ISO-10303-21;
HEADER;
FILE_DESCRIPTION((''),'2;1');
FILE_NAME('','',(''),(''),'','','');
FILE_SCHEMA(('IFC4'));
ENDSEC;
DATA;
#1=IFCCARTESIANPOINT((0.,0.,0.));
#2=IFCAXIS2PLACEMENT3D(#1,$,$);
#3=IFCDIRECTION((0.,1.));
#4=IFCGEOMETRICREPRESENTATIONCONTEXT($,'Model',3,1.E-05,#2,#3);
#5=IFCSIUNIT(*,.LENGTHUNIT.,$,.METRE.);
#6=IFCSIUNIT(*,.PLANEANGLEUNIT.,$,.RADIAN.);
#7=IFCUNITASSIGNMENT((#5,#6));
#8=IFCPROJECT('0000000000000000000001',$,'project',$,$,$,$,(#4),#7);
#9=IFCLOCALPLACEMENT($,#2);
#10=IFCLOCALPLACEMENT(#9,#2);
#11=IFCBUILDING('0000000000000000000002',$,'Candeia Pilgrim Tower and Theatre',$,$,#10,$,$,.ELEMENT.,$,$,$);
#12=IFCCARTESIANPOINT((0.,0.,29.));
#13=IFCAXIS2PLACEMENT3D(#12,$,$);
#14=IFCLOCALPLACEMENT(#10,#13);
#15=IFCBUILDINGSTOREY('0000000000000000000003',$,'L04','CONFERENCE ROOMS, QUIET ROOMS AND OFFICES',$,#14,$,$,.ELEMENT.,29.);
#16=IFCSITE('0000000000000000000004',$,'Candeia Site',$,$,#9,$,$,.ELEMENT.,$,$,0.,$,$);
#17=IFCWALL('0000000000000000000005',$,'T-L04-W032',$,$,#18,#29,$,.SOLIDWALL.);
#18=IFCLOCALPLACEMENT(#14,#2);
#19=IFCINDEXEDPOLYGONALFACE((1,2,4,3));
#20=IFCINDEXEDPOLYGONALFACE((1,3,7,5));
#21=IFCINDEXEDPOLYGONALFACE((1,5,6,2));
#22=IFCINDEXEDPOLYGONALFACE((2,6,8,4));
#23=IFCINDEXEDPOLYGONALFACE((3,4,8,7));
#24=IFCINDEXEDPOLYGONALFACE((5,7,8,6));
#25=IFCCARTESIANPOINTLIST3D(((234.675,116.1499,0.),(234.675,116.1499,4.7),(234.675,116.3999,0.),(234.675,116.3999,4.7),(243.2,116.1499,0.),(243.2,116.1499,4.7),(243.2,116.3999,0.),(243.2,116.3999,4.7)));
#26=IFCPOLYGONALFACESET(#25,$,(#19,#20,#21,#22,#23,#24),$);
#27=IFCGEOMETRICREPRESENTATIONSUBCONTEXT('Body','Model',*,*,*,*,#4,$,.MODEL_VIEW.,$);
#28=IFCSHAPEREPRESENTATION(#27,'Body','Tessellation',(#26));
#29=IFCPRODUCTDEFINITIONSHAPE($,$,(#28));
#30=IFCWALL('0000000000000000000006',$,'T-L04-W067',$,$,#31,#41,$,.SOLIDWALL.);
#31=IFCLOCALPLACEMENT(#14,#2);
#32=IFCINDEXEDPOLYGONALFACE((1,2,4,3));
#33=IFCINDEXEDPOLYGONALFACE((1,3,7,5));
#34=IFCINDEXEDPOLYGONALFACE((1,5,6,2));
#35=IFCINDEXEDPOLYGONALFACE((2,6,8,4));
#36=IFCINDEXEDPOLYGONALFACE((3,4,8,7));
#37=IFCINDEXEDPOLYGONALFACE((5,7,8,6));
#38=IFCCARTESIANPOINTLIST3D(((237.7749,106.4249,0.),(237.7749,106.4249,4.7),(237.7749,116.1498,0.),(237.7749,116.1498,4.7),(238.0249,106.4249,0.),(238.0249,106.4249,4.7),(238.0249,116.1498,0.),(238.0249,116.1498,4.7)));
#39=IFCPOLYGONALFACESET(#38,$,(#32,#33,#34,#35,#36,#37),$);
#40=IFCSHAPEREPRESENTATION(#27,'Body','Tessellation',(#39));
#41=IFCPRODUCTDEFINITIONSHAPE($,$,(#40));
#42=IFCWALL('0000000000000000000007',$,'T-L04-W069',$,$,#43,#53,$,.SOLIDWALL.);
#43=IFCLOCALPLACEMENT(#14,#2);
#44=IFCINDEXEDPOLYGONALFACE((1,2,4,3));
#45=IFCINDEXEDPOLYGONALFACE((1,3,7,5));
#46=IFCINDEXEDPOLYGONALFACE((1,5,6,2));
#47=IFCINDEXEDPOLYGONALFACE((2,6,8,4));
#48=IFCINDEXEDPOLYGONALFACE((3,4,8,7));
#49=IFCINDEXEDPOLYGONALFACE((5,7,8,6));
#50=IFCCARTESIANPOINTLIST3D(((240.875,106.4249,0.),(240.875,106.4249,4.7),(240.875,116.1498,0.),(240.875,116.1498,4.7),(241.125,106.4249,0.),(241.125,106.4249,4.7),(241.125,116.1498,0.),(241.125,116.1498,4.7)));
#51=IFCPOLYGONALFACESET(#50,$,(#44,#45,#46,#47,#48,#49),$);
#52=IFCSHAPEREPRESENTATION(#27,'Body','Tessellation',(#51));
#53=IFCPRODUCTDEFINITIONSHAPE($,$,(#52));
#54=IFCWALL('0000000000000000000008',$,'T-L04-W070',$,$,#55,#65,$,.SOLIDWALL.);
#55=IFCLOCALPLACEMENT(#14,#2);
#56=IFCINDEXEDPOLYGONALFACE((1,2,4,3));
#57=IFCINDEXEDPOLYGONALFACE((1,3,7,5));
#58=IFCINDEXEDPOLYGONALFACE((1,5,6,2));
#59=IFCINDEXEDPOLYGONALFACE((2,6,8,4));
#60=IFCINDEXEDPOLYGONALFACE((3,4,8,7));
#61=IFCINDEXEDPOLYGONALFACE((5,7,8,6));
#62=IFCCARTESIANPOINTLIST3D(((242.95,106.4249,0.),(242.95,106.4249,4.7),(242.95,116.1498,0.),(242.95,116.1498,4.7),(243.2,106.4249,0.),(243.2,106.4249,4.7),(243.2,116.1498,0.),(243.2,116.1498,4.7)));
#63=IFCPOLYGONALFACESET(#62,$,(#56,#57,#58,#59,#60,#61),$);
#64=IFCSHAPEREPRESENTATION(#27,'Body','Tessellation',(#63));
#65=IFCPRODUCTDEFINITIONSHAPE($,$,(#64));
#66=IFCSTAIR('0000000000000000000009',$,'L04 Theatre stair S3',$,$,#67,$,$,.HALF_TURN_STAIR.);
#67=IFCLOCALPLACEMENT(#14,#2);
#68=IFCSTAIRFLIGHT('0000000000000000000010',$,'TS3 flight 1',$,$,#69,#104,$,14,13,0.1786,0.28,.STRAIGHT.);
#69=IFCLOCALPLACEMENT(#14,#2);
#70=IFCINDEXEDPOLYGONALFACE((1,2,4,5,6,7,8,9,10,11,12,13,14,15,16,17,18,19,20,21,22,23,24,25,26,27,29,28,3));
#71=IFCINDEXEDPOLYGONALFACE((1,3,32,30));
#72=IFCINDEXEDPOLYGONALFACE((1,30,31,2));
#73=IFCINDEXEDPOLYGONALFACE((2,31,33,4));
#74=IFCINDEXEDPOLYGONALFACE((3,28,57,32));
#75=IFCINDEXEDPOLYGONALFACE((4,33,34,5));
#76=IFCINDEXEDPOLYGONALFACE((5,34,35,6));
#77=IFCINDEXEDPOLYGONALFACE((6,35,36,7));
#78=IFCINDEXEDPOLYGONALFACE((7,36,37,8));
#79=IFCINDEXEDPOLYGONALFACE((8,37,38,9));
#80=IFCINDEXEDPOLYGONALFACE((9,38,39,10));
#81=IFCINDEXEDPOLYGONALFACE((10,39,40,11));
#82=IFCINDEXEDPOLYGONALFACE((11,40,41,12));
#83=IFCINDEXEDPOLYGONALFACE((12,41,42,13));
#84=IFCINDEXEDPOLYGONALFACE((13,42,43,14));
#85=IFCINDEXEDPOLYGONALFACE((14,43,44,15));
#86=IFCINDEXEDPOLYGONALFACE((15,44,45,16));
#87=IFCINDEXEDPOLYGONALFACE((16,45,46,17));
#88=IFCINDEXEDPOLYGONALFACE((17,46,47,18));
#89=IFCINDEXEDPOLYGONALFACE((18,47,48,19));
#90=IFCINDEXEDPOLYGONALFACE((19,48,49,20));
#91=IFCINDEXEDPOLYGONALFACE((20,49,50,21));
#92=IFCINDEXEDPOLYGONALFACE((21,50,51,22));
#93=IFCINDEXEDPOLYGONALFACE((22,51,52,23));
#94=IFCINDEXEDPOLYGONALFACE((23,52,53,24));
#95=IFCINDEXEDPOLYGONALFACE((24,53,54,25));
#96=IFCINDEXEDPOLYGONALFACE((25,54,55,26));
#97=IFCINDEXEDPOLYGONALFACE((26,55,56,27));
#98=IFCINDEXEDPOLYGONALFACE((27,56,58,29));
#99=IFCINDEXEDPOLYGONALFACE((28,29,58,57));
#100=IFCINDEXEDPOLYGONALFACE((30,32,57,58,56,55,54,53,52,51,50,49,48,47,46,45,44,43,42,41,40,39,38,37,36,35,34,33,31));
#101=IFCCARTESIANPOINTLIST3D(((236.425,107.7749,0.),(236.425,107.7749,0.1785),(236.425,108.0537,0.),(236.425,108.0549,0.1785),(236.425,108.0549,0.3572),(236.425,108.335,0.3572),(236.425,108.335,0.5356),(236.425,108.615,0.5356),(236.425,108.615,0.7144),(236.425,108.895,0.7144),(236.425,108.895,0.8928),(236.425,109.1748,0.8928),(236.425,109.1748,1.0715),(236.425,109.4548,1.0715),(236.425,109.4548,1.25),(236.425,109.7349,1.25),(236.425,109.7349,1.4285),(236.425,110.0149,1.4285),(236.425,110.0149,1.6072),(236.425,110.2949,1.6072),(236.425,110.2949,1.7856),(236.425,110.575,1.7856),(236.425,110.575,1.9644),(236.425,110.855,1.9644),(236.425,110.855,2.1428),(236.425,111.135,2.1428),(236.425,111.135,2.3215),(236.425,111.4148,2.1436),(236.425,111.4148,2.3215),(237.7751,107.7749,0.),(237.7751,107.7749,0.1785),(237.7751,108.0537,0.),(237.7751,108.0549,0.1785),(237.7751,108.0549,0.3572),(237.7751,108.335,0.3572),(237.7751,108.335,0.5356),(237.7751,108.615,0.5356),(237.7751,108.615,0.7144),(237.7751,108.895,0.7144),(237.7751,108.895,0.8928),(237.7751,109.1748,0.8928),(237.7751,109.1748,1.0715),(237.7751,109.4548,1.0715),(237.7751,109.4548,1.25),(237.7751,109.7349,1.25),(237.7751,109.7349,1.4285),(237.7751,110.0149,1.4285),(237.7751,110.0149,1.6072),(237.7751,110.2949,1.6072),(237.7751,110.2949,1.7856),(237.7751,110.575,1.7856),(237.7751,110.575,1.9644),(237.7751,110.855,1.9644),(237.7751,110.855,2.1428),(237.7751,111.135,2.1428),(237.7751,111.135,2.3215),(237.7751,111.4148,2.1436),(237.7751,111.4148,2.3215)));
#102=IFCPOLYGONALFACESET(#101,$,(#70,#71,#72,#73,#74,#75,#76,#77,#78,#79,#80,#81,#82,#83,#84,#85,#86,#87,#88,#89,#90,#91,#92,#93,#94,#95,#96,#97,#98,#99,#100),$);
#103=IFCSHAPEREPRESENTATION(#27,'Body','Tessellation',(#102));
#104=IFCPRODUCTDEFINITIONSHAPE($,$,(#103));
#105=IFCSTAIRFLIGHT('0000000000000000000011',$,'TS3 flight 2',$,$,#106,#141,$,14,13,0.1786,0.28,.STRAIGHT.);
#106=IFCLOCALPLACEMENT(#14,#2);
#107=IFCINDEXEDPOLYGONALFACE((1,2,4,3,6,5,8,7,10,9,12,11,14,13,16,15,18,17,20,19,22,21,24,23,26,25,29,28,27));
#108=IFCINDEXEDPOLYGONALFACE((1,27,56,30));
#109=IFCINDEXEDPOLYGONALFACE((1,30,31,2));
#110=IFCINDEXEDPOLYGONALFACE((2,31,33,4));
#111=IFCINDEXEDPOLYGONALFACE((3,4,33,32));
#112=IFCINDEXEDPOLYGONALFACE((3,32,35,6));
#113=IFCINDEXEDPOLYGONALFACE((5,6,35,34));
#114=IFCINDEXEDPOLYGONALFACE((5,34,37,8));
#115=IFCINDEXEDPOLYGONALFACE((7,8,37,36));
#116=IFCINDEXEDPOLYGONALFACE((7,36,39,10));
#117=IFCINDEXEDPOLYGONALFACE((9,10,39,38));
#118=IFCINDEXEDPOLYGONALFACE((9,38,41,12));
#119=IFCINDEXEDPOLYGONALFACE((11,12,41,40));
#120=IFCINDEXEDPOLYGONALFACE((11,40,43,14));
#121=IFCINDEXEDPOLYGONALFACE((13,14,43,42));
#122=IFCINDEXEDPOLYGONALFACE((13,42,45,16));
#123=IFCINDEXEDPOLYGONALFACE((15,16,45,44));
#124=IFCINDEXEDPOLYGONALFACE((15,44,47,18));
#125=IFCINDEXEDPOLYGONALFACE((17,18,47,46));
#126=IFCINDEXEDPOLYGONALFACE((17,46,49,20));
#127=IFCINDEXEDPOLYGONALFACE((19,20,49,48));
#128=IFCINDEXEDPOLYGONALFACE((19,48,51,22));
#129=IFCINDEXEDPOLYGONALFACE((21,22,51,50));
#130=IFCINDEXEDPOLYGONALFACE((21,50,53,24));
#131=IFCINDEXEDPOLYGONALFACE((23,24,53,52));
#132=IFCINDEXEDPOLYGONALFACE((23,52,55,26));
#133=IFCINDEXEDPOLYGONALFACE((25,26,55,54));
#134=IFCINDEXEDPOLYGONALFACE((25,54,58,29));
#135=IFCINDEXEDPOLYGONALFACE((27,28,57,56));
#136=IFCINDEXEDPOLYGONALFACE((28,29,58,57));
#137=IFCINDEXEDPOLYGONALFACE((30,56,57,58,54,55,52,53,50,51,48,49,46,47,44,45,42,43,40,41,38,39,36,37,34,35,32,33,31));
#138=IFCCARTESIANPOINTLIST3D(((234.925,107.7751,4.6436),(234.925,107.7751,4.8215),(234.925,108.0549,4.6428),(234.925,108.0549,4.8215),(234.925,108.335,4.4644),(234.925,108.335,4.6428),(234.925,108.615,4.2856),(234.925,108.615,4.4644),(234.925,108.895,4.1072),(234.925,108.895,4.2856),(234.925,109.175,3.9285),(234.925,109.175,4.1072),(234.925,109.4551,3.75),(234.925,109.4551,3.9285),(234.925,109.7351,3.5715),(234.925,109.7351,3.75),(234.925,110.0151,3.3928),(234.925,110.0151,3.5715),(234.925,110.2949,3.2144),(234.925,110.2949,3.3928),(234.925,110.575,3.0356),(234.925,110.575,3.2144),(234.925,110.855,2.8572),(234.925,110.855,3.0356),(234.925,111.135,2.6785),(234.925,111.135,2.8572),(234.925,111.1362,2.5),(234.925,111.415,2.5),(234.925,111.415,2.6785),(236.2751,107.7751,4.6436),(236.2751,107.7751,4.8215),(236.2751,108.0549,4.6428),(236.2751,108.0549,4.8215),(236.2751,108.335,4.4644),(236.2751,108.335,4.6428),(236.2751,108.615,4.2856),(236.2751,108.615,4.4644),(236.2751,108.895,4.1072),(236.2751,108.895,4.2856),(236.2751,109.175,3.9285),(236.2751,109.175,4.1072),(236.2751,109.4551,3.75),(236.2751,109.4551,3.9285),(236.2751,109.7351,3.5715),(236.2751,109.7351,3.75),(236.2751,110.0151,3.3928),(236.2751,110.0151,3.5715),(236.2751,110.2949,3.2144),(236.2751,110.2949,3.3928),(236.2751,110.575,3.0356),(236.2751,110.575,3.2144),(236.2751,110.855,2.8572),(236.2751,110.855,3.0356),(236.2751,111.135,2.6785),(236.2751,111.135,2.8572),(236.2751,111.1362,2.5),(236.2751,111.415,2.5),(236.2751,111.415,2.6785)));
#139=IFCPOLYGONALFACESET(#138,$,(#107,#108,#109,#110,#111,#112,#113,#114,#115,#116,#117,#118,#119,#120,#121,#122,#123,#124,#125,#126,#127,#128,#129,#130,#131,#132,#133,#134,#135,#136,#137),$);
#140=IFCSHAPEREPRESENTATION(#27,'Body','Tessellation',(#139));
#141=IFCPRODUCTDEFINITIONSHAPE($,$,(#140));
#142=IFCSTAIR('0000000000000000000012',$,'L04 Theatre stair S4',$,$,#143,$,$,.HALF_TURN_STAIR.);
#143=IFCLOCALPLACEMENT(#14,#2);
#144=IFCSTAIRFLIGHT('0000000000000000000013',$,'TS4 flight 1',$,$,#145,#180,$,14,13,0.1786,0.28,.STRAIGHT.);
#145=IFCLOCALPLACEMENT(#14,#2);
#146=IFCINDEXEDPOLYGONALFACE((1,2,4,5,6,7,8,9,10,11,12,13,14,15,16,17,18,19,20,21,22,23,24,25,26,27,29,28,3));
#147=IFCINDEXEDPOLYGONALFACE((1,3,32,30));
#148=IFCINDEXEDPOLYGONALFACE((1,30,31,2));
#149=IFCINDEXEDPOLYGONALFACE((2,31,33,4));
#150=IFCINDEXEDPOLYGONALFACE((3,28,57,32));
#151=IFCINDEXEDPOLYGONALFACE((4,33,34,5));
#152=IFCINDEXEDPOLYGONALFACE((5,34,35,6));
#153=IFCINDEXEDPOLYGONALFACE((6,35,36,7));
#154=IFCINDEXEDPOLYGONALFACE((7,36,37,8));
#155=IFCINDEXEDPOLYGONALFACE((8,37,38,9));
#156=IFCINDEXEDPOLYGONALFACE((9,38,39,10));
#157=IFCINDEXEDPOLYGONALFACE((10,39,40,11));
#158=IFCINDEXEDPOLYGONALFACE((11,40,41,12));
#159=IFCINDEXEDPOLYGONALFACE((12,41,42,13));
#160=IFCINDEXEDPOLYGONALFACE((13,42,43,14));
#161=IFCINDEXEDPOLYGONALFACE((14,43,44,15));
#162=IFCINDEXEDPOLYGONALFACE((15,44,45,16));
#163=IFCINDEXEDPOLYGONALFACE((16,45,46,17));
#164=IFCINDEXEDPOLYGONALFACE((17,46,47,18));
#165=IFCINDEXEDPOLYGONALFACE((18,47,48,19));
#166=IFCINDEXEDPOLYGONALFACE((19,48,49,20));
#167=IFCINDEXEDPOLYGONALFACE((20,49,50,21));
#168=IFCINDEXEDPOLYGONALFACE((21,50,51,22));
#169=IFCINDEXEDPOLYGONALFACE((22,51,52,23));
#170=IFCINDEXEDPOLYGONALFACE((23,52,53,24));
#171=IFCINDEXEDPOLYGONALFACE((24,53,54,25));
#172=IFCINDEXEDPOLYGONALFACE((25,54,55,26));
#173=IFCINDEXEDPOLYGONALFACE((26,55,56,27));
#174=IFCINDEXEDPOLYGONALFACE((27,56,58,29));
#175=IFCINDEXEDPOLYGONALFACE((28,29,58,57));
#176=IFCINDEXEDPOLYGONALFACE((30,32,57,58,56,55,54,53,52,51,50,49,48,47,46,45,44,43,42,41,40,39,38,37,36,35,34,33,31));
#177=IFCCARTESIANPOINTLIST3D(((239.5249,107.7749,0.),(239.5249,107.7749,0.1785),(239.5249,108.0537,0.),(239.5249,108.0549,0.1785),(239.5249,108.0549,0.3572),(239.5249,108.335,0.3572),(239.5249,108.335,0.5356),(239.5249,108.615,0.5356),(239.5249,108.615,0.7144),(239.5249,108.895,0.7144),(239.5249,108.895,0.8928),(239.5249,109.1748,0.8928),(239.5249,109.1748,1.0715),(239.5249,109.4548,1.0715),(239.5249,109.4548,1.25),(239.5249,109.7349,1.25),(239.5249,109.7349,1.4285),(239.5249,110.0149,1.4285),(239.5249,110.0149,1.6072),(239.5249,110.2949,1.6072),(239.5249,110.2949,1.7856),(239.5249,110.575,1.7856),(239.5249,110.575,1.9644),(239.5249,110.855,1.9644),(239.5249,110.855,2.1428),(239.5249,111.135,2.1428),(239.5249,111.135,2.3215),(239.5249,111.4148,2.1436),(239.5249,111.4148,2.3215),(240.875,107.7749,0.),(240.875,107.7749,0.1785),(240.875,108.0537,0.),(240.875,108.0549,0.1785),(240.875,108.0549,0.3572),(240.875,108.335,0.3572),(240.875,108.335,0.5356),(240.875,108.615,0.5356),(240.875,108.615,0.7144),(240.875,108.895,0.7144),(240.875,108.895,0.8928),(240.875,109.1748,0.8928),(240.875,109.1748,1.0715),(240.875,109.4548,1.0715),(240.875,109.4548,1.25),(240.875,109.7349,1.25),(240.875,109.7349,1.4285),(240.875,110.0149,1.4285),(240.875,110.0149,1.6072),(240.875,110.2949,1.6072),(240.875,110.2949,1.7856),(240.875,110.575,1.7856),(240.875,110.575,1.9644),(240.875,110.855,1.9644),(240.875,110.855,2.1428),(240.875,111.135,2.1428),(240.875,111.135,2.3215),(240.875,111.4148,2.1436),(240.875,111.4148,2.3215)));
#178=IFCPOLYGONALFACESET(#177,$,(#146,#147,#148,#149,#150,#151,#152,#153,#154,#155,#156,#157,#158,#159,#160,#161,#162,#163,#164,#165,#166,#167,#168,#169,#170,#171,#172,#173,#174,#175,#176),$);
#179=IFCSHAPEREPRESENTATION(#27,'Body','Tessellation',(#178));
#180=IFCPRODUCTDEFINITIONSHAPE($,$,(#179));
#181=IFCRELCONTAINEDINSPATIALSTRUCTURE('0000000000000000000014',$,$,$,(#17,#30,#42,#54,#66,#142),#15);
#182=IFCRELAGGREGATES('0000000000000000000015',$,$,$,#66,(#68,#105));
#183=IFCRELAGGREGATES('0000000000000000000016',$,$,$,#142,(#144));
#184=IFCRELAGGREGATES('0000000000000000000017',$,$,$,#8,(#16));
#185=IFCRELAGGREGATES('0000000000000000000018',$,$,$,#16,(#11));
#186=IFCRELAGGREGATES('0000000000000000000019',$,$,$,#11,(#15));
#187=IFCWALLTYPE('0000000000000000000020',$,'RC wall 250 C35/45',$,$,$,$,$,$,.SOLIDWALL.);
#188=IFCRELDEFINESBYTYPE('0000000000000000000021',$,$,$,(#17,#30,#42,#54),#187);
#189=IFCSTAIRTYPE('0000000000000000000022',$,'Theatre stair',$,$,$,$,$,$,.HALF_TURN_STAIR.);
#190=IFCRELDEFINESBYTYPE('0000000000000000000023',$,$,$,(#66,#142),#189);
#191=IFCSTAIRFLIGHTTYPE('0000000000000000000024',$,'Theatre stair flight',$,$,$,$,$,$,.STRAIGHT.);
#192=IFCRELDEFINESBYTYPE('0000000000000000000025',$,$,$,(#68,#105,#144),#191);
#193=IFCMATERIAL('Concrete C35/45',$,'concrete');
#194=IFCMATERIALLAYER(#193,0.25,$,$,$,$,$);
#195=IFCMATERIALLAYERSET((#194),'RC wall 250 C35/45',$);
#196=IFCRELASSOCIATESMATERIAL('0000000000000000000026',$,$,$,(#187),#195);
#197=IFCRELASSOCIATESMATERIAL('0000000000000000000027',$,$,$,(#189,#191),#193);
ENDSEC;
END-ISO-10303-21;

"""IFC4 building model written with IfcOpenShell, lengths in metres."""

from ifc_helpers import new_model, si_unit, direction, frame, frame_2d, origin, place, context, subcontext, project, spatial, polyline, rectangle, outline, extrude, material, layer, layer_set, type_object, element, aggregate, save


model = new_model("IFC4")

# Units and contexts
model_context = context("Model", 3, precision=1e-05, world=origin(), true_north=direction((0.0, 1.0)))
body_context = subcontext(model_context, "Body", "Model", "MODEL_VIEW")
ifc_project = project(units=[si_unit("LENGTHUNIT", "METRE"), si_unit("PLANEANGLEUNIT", "RADIAN")], contexts=[model_context])

# Site, building, storey
site_placement = place(None, origin())
site = spatial("IfcSite", under=ifc_project, at=site_placement, Name="Candeia Site", CompositionType="ELEMENT", RefElevation=0.0)
building_placement = place(site_placement, origin())
building = spatial("IfcBuilding", under=site, at=building_placement, Name="Candeia Pilgrim Tower and Theatre", CompositionType="ELEMENT")
storey_placement = place(building_placement, frame((0.0, 0.0, 29.0)))
storey = spatial("IfcBuildingStorey", under=building, at=storey_placement, Name="L04", Description="CONFERENCE ROOMS, QUIET ROOMS AND OFFICES", CompositionType="ELEMENT", Elevation=29.0)

# Walls
ifc_material_1 = material(Name="Concrete C35/45", Category="concrete")
ifc_layer = layer(ifc_material_1, 0.25)
ifc_layer_set = layer_set([ifc_layer], Name="RC wall 250 C35/45")
wall_type = type_object("IfcWallType", Name="RC wall 250 C35/45", PredefinedType="SOLIDWALL", material=ifc_layer_set)
wall_placement = place(storey_placement, frame((234.675, 116.2749, 0.0), z_axis=(0.0, 0.0, 1.0), x_axis=(1.0, 0.0, 0.0)))
element("IfcWall", 1, at=wall_placement, inside=storey, type_object=wall_type, Name="T-L04-W032", PredefinedType="SOLIDWALL", context=body_context, shape_type="SweptSolid", body=[
    extrude(rectangle(XDim=8.5249, YDim=0.25, at=frame_2d((4.2625, 0.0))), origin(), (0.0, 0.0, 1.0), 4.7),
])
for number, where, z_axis, x_axis, name in (
    (2, (237.8999, 106.425, 0.0), (0.0, 0.0, 1.0), (0.0, 1.0, 0.0), "T-L04-W067"),
    (3, (241.0, 106.425, 0.0), (0.0, 0.0, 1.0), (0.0, 1.0, 0.0), "T-L04-W069"),
    (4, (243.075, 106.425, 0.0), (0.0, 0.0, 1.0), (0.0, 1.0, 0.0), "T-L04-W070"),
):
    element("IfcWall", number, at=place(storey_placement, frame(where, z_axis=z_axis, x_axis=x_axis)), inside=storey, type_object=wall_type, Name=name, PredefinedType="SOLIDWALL", context=body_context, shape_type="SweptSolid", body=[
        extrude(rectangle(XDim=9.7249, YDim=0.25, at=frame_2d((4.8623, 0.0))), origin(), (0.0, 0.0, 1.0), 4.7),
    ])

# Stairs, stair flights
stair_type = type_object("IfcStairType", Name="Theatre stair", PredefinedType="HALF_TURN_STAIR", material=ifc_material_1)
stair_1_placement = place(storey_placement, origin())
stair_1 = element("IfcStair", 5, at=stair_1_placement, inside=storey, type_object=stair_type, Name="L04 Theatre stair S3", PredefinedType="HALF_TURN_STAIR")
stair_flight_type = type_object("IfcStairFlightType", Name="Theatre stair flight", PredefinedType="STRAIGHT", material=ifc_material_1)
stair_flight_1_placement = place(storey_placement, frame((237.1001, 107.7749, 0.0), z_axis=(0.0, 0.0, 1.0), x_axis=(0.0, 1.0, 0.0)))
stair_flight_1 = element("IfcStairFlight", 6, at=stair_flight_1_placement, type_object=stair_flight_type, Name="TS3 flight 1", NumberOfRisers=14, NumberOfTreads=13, PredefinedType="STRAIGHT", RiserHeight=0.1786, TreadLength=0.28, context=body_context, shape_type="SweptSolid", body=[
    extrude(outline(polyline([(0.0, 0.0), (0.0, 0.1785), (0.28, 0.1785), (0.28, 0.3572), (0.5601, 0.3572), (0.5601, 0.5356), (0.8401, 0.5356), (0.8401, 0.7144), (1.1201, 0.7144), (1.1201, 0.8928), (1.3999, 0.8928), (1.3999, 1.0715), (1.6799, 1.0715), (1.6799, 1.25), (1.96, 1.25), (1.96, 1.4285), (2.24, 1.4285), (2.24, 1.6072), (2.52, 1.6072), (2.52, 1.7856), (2.8, 1.7856), (2.8, 1.9644), (3.0801, 1.9644), (3.0801, 2.1428), (3.3601, 2.1428), (3.3601, 2.3215), (3.6399, 2.3215), (3.6399, 2.5), (3.6399, 2.1436), (0.2788, 0.0), (0.0, 0.0)])), frame((0.0, 0.675, 0.0), z_axis=(0.0, -1.0, 0.0), x_axis=(1.0, 0.0, 0.0)), (0.0, 0.0, 1.0), 1.3501),
])
stair_flight_2_placement = place(storey_placement, frame((235.6001, 111.415, 2.5), z_axis=(0.0, 0.0, 1.0), x_axis=(0.0, -1.0, 0.0)))
stair_flight_2 = element("IfcStairFlight", 7, at=stair_flight_2_placement, type_object=stair_flight_type, Name="TS3 flight 2", NumberOfRisers=14, NumberOfTreads=13, PredefinedType="STRAIGHT", RiserHeight=0.1786, TreadLength=0.28, context=body_context, shape_type="SweptSolid", body=[
    extrude(outline(polyline([(0.0, 0.0), (0.0, 0.1785), (0.28, 0.1785), (0.28, 0.3572), (0.5601, 0.3572), (0.5601, 0.5356), (0.8401, 0.5356), (0.8401, 0.7144), (1.1201, 0.7144), (1.1201, 0.8928), (1.3999, 0.8928), (1.3999, 1.0715), (1.6799, 1.0715), (1.6799, 1.25), (1.96, 1.25), (1.96, 1.4285), (2.24, 1.4285), (2.24, 1.6072), (2.52, 1.6072), (2.52, 1.7856), (2.8, 1.7856), (2.8, 1.9644), (3.0801, 1.9644), (3.0801, 2.1428), (3.3601, 2.1428), (3.3601, 2.3215), (3.6399, 2.3215), (3.6399, 2.5), (3.6399, 2.1436), (0.2788, 0.0), (0.0, 0.0)])), frame((0.0, 0.675, 0.0), z_axis=(0.0, -1.0, 0.0), x_axis=(1.0, 0.0, 0.0)), (0.0, 0.0, 1.0), 1.3501),
])
aggregate(stair_1, [stair_flight_1, stair_flight_2])
stair_2_placement = place(storey_placement, origin())
stair_2 = element("IfcStair", 8, at=stair_2_placement, inside=storey, type_object=stair_type, Name="L04 Theatre stair S4", PredefinedType="HALF_TURN_STAIR")
stair_flight_3_placement = place(storey_placement, frame((240.2, 107.7749, 0.0), z_axis=(0.0, 0.0, 1.0), x_axis=(0.0, 1.0, 0.0)))
stair_flight_3 = element("IfcStairFlight", 9, at=stair_flight_3_placement, type_object=stair_flight_type, Name="TS4 flight 1", NumberOfRisers=14, NumberOfTreads=13, PredefinedType="STRAIGHT", RiserHeight=0.1786, TreadLength=0.28, context=body_context, shape_type="SweptSolid", body=[
    extrude(outline(polyline([(0.0, 0.0), (0.0, 0.1785), (0.28, 0.1785), (0.28, 0.3572), (0.5601, 0.3572), (0.5601, 0.5356), (0.8401, 0.5356), (0.8401, 0.7144), (1.1201, 0.7144), (1.1201, 0.8928), (1.3999, 0.8928), (1.3999, 1.0715), (1.6799, 1.0715), (1.6799, 1.25), (1.96, 1.25), (1.96, 1.4285), (2.24, 1.4285), (2.24, 1.6072), (2.52, 1.6072), (2.52, 1.7856), (2.8, 1.7856), (2.8, 1.9644), (3.0801, 1.9644), (3.0801, 2.1428), (3.3601, 2.1428), (3.3601, 2.3215), (3.6399, 2.3215), (3.6399, 2.5), (3.6399, 2.1436), (0.2788, 0.0), (0.0, 0.0)])), frame((0.0, 0.675, 0.0), z_axis=(0.0, -1.0, 0.0), x_axis=(1.0, 0.0, 0.0)), (0.0, 0.0, 1.0), 1.3501),
])
aggregate(stair_2, [stair_flight_3])

save(model, "model.ifc")
